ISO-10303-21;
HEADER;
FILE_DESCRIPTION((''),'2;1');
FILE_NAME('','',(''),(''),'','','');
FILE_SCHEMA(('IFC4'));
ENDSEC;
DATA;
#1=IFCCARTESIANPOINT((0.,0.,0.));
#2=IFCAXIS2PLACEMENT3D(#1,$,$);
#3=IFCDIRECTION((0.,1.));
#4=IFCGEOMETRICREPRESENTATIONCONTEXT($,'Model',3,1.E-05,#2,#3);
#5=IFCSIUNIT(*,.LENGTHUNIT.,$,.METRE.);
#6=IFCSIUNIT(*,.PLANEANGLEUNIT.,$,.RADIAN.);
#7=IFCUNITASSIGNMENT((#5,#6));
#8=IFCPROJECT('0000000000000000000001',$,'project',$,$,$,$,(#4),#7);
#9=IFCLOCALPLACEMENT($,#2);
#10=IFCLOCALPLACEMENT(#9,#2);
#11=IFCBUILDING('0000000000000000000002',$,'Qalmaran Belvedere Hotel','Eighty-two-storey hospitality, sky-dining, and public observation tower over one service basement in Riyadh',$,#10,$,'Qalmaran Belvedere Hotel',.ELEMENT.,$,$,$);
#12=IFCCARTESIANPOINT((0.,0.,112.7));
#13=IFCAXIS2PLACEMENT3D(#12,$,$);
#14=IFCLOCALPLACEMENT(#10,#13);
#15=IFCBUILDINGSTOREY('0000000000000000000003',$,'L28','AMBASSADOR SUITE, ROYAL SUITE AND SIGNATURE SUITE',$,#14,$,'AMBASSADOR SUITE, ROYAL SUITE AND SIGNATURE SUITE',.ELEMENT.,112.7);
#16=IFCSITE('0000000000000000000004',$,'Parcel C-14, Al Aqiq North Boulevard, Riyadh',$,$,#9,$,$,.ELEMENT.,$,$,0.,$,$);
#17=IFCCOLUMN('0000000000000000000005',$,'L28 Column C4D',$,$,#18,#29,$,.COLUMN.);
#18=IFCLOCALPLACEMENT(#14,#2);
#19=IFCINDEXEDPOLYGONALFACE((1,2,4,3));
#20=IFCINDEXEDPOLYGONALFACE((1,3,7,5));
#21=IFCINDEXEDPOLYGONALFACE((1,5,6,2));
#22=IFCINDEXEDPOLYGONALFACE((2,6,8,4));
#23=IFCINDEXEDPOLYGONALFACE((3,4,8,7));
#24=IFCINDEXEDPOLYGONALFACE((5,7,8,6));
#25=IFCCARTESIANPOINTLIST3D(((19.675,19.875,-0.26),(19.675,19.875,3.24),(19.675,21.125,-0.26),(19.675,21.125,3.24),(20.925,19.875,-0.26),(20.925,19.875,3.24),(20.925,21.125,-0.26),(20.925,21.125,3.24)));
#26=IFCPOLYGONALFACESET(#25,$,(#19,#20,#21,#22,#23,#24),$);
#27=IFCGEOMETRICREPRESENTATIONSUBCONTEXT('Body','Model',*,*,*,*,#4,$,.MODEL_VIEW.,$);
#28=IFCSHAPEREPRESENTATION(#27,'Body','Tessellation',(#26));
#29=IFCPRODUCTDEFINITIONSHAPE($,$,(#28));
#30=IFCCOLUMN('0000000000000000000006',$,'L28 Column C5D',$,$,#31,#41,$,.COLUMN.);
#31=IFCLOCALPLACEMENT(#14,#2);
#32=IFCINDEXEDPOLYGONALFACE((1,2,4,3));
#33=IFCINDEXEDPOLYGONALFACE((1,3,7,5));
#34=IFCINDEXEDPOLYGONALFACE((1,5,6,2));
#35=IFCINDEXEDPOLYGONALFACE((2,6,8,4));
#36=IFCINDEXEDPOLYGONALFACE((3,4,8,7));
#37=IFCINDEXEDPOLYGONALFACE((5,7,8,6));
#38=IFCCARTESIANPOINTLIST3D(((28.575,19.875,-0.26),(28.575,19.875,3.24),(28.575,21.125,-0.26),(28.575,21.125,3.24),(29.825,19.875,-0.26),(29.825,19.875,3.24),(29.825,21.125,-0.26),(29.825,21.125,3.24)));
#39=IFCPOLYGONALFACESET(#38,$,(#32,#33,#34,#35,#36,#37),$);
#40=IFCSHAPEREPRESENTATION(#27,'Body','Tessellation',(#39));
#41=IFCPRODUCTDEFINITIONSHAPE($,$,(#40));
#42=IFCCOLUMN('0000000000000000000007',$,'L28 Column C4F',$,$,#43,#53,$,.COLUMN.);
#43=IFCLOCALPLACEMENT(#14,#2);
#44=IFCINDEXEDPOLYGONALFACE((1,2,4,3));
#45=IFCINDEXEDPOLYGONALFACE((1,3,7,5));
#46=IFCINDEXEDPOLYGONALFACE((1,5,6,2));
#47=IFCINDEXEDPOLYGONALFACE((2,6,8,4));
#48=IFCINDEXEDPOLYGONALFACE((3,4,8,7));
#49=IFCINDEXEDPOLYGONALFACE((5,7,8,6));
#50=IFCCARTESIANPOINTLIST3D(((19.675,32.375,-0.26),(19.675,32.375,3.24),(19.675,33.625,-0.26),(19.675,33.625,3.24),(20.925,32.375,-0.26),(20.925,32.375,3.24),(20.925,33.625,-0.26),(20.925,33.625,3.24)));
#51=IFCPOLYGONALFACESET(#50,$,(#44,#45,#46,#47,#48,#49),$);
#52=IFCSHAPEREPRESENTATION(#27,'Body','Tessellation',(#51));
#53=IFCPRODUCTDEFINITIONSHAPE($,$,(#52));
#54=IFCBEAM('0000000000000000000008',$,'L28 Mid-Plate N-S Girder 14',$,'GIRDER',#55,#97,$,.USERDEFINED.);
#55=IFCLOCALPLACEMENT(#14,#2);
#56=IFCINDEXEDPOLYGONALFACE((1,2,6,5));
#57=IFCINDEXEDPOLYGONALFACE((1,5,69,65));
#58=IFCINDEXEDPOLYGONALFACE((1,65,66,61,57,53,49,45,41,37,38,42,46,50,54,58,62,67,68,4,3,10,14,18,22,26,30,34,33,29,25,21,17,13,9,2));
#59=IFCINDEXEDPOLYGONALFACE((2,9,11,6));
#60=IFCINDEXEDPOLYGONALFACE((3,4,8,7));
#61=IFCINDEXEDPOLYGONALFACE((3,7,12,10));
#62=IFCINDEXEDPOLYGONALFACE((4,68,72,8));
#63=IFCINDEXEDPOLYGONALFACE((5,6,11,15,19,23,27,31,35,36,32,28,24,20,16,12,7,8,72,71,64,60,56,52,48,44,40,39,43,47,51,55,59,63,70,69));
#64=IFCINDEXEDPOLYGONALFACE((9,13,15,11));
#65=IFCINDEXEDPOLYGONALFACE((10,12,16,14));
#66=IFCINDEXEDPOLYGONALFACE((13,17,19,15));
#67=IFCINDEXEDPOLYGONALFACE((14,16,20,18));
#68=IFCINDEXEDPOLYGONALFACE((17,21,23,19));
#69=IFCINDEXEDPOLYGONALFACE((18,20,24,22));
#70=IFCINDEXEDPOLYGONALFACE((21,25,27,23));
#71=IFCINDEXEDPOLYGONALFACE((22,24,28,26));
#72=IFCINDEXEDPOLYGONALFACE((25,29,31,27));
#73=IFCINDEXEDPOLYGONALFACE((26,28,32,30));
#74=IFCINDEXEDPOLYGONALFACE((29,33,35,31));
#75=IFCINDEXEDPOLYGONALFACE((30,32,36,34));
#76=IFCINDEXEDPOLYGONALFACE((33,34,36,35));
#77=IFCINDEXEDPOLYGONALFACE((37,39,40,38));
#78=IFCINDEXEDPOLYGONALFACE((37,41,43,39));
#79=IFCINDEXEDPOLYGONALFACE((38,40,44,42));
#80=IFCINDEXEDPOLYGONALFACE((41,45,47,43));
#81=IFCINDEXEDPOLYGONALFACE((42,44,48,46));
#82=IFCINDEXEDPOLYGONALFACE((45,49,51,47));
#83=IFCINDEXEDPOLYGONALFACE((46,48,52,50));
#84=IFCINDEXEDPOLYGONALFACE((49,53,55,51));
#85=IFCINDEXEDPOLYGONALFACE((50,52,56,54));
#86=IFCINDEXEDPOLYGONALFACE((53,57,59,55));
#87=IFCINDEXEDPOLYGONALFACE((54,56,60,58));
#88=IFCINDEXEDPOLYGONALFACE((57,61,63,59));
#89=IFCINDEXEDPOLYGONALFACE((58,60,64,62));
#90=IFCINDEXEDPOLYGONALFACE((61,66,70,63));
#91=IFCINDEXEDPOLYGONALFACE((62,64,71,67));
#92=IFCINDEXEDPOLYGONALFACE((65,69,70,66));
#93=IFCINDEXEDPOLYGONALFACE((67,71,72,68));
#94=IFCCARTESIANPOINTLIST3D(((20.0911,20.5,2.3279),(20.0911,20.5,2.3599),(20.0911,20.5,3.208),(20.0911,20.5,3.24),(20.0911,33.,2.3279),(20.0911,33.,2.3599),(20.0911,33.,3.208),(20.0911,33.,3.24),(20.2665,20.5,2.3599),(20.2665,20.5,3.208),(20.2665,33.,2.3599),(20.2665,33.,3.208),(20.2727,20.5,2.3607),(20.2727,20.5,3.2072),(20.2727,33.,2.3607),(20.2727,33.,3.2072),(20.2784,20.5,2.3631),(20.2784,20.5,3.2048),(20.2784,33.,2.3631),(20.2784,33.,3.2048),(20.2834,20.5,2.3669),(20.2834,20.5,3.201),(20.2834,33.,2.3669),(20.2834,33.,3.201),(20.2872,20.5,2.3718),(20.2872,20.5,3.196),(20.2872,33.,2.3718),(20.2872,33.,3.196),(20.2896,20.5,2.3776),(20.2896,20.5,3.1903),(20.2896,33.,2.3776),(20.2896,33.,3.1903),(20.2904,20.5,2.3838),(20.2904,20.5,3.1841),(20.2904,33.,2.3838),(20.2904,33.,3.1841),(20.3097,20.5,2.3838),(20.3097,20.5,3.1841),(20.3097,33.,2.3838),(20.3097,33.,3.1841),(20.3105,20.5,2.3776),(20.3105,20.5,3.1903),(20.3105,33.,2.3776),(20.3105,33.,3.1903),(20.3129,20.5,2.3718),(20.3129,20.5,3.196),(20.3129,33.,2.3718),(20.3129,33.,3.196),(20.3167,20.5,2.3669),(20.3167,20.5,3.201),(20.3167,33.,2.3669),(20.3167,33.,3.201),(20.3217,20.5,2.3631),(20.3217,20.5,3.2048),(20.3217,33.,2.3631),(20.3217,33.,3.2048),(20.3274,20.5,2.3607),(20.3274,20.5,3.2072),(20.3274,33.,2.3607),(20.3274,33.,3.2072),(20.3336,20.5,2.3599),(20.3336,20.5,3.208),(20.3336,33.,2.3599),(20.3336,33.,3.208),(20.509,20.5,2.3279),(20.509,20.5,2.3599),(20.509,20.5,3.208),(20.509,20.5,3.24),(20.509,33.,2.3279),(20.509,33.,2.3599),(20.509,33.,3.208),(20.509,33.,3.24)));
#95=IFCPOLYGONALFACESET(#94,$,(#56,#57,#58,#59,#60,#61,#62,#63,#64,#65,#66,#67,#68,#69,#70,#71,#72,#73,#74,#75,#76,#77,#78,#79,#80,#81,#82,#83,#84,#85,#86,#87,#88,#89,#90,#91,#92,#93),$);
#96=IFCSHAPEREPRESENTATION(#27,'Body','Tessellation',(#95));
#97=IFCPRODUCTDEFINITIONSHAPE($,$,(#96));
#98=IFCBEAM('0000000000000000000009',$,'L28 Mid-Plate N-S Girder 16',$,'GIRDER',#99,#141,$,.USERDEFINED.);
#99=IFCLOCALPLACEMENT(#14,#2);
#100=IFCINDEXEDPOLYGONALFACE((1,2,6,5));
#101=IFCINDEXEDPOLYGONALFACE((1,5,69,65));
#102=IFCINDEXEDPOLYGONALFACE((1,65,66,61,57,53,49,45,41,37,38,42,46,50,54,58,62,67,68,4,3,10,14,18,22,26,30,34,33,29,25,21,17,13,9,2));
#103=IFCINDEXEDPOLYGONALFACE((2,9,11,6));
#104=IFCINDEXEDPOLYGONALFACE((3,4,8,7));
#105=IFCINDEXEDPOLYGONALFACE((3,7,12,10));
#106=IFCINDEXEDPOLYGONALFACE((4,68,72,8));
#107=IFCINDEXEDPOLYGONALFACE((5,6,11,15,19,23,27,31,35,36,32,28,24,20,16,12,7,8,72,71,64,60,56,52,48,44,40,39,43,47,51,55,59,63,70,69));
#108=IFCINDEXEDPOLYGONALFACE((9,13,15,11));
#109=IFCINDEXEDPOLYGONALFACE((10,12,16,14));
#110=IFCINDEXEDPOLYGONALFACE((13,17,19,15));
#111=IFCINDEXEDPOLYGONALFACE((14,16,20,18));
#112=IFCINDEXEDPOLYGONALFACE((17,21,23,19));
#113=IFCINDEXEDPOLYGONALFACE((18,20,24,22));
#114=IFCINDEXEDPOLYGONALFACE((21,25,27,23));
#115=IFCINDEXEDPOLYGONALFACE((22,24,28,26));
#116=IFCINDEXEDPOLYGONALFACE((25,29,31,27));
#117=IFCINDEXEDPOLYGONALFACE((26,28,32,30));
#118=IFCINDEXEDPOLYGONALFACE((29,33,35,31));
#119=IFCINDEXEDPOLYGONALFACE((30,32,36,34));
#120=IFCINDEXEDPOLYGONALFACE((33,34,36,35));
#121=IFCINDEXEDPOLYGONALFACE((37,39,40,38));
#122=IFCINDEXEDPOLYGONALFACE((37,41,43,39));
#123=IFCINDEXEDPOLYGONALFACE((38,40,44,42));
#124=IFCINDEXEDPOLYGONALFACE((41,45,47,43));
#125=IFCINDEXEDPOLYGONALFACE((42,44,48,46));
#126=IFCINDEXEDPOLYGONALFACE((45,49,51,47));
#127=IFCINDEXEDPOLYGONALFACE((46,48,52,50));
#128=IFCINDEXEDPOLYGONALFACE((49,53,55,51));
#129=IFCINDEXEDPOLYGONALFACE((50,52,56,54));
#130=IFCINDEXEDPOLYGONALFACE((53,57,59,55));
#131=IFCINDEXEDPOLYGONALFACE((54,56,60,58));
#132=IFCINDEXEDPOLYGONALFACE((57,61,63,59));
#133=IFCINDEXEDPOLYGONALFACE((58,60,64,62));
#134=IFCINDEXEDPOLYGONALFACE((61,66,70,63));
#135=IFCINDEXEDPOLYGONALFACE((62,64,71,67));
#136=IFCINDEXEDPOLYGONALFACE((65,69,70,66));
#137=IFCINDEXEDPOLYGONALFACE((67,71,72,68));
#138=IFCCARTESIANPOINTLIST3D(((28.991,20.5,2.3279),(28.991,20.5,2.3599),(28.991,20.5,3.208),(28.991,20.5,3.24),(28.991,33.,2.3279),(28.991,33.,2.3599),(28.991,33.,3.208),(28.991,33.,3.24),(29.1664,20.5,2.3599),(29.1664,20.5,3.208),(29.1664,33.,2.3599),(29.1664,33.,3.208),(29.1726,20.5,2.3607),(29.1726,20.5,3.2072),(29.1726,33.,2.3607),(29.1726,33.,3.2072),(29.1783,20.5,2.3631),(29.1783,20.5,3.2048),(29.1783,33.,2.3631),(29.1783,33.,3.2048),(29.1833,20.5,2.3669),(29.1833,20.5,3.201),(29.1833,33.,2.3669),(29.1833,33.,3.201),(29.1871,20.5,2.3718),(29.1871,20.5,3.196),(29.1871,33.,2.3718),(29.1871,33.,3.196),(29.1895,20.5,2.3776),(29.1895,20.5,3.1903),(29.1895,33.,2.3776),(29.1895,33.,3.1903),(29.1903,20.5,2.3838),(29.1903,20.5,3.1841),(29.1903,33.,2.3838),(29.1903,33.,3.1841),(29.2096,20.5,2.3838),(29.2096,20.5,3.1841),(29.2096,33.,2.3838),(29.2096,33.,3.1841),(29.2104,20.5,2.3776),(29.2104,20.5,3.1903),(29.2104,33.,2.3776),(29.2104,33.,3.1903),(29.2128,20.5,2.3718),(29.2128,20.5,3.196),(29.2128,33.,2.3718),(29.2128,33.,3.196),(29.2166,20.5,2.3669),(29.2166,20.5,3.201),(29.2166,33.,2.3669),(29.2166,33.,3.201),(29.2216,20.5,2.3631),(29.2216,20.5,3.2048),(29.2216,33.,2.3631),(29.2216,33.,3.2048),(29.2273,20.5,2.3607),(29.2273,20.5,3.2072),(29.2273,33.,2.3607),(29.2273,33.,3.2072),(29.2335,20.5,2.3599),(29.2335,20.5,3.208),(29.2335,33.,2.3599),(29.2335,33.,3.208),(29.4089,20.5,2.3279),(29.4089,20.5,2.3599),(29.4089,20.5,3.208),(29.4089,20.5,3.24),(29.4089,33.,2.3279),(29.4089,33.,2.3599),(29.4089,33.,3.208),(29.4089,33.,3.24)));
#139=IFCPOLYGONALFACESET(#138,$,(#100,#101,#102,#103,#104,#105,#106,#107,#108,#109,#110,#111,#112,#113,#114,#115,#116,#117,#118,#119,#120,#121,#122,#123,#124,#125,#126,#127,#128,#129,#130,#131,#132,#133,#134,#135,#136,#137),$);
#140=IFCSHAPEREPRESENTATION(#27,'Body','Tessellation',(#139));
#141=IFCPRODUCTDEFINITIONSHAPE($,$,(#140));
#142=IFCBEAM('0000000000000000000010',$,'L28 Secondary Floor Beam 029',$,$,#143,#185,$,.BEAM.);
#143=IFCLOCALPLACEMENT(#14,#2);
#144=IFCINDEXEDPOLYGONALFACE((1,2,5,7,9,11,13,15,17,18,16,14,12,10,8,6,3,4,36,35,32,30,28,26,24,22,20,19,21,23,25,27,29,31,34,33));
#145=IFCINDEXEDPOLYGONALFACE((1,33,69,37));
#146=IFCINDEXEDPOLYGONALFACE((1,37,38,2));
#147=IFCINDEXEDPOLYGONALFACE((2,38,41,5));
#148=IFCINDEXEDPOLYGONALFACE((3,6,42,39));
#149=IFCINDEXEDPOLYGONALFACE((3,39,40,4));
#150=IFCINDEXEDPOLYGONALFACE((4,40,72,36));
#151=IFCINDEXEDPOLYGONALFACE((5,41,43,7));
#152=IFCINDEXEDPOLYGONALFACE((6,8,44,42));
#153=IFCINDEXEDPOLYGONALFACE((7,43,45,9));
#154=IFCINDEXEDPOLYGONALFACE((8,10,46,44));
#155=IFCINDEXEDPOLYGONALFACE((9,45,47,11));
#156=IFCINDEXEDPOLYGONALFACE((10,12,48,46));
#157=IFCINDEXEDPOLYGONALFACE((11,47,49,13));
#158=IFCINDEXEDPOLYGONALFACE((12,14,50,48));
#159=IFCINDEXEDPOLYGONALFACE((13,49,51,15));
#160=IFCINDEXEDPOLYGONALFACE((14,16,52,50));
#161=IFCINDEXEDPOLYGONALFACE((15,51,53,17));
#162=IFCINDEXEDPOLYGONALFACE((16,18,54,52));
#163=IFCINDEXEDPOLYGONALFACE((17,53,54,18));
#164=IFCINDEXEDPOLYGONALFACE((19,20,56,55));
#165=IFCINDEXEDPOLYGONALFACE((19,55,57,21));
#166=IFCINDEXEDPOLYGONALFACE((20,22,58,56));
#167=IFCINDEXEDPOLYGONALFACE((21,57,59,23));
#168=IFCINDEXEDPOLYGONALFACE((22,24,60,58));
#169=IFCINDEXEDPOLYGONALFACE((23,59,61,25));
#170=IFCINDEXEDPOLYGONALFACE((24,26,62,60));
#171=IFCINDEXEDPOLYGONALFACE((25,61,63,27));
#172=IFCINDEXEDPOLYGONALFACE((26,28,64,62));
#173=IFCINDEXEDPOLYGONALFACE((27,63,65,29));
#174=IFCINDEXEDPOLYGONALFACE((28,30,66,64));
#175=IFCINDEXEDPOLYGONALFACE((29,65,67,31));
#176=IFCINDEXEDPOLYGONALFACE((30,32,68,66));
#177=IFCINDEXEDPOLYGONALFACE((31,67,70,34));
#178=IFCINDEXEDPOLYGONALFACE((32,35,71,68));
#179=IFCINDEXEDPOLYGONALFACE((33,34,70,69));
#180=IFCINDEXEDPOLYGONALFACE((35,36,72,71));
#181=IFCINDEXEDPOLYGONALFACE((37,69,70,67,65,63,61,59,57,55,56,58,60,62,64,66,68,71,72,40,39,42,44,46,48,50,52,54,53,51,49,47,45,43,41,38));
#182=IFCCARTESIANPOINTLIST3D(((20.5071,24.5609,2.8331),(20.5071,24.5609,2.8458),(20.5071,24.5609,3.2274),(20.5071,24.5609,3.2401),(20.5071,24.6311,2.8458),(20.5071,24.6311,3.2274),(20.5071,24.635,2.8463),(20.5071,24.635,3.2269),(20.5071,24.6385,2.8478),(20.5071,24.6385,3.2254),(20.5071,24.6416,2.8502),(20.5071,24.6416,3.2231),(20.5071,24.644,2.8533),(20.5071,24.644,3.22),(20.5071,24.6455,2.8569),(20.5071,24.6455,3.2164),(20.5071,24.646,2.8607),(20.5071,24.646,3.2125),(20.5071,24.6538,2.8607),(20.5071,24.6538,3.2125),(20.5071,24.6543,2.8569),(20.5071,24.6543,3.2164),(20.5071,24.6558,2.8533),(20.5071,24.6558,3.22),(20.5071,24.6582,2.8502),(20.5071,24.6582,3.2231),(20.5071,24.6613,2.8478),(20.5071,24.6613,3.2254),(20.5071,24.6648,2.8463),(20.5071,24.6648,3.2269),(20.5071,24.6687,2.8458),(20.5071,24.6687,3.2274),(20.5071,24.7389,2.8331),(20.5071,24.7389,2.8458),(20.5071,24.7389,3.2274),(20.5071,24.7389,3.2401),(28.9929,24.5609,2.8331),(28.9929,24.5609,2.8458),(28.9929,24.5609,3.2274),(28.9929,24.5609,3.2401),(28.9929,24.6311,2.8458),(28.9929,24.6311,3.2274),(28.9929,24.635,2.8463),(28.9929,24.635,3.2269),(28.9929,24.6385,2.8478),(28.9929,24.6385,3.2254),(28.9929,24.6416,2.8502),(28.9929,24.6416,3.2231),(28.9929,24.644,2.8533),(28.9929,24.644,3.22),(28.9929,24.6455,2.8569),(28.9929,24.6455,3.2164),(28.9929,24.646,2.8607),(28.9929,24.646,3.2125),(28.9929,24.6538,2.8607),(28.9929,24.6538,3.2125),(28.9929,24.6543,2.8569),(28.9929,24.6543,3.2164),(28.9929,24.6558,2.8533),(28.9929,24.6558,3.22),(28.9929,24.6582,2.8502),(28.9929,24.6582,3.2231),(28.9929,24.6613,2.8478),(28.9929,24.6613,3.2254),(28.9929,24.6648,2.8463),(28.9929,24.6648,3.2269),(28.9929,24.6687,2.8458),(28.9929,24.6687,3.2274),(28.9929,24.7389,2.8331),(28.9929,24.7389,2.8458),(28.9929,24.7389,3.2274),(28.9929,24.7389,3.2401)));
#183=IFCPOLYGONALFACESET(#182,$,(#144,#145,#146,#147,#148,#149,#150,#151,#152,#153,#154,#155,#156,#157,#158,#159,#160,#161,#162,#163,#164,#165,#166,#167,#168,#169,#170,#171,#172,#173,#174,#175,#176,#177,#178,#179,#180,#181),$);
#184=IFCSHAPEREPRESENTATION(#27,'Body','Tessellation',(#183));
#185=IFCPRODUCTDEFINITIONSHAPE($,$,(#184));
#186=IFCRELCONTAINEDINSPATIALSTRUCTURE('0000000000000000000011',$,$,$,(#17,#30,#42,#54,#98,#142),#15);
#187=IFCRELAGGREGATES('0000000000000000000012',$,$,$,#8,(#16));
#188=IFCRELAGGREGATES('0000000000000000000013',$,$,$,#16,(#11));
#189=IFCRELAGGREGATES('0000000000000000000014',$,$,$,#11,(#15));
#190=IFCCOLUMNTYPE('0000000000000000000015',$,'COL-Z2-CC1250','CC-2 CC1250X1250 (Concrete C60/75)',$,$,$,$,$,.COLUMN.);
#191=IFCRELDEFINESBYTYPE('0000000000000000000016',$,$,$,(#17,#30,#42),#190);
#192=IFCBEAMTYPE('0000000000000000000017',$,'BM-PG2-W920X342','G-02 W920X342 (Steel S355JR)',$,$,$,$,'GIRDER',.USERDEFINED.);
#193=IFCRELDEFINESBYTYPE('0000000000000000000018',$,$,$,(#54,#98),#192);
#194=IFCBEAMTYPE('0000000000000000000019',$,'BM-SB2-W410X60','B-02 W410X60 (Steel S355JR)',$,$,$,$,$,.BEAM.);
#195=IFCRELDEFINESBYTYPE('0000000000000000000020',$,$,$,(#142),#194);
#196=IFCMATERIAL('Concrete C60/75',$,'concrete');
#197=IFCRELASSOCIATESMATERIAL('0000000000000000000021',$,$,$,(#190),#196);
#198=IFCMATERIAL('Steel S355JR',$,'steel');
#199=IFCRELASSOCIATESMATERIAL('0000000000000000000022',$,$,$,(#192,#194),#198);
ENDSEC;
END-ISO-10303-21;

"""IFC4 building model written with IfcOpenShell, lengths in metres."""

from ifc_helpers import new_model, si_unit, direction, frame, origin, origin_2d, place, context, subcontext, project, spatial, rectangle, i_section, extrude, material, material_profile, profile_set, type_object, element, save


model = new_model("IFC4")

# Units and contexts
model_context = context("Model", 3, precision=1e-05, world=origin(), true_north=direction((0.0, 1.0)))
body_context = subcontext(model_context, "Body", "Model", "MODEL_VIEW")
ifc_project = project(units=[si_unit("LENGTHUNIT", "METRE"), si_unit("PLANEANGLEUNIT", "RADIAN")], contexts=[model_context])

# Site, building, storey
site_placement = place(None, origin())
site = spatial("IfcSite", under=ifc_project, at=site_placement, Name="Parcel C-14, Al Aqiq North Boulevard, Riyadh", CompositionType="ELEMENT", RefElevation=0.0)
building_placement = place(site_placement, origin())
building = spatial("IfcBuilding", under=site, at=building_placement, Name="Qalmaran Belvedere Hotel", Description="Eighty-two-storey hospitality, sky-dining, and public observation tower over one service basement in Riyadh", LongName="Qalmaran Belvedere Hotel", CompositionType="ELEMENT")
storey_placement = place(building_placement, frame((0.0, 0.0, 112.7)))
storey = spatial("IfcBuildingStorey", under=building, at=storey_placement, Name="L28", Description="AMBASSADOR SUITE, ROYAL SUITE AND SIGNATURE SUITE", LongName="AMBASSADOR SUITE, ROYAL SUITE AND SIGNATURE SUITE", CompositionType="ELEMENT", Elevation=112.7)

# Columns
ifc_material_1 = material(Name="Concrete C60/75", Category="concrete")
ifc_material_profile_1 = material_profile(ifc_material_1, rectangle(XDim=1.25, YDim=1.25, at=origin_2d()), Name="CC1250X1250")
ifc_profile_set_1 = profile_set([ifc_material_profile_1], Name="Concrete C60/75")
column_type = type_object("IfcColumnType", Name="COL-Z2-CC1250", Description="CC-2 CC1250X1250 (Concrete C60/75)", PredefinedType="COLUMN", material=ifc_profile_set_1)
for number, where, z_axis, x_axis, name in (
    (1, (20.3, 20.5, -0.26), (0.0, 0.0, 1.0), (1.0, 0.0, 0.0), "L28 Column C4D"),
    (2, (29.2, 20.5, -0.26), (0.0, 0.0, 1.0), (1.0, 0.0, 0.0), "L28 Column C5D"),
    (3, (20.3, 33.0, -0.26), (0.0, 0.0, 1.0), (1.0, 0.0, 0.0), "L28 Column C4F"),
):
    element("IfcColumn", number, at=place(storey_placement, frame(where, z_axis=z_axis, x_axis=x_axis)), inside=storey, type_object=column_type, Name=name, PredefinedType="COLUMN", context=body_context, shape_type="SweptSolid", body=[
        extrude(rectangle(XDim=1.25, YDim=1.25, at=origin_2d()), origin(), (0.0, 0.0, 1.0), 3.5),
    ])

# Beams
ifc_material_2 = material(Name="Steel S355JR", Category="steel")
ifc_material_profile_2 = material_profile(ifc_material_2, i_section(OverallWidth=0.418, OverallDepth=0.9121, WebThickness=0.0193, FlangeThickness=0.032, FilletRadius=0.0239, at=origin_2d()), Name="W920X342")
ifc_profile_set_2 = profile_set([ifc_material_profile_2], Name="Steel S355JR")
beam_type_1 = type_object("IfcBeamType", Name="BM-PG2-W920X342", Description="G-02 W920X342 (Steel S355JR)", ElementType="GIRDER", PredefinedType="USERDEFINED", material=ifc_profile_set_2)
for number, where, z_axis, x_axis, name in (
    (4, (20.3, 20.5, 2.7839), (0.0, 1.0, 0.0), (-1.0, 0.0, 0.0), "L28 Mid-Plate N-S Girder 14"),
    (5, (29.2, 20.5, 2.7839), (0.0, 1.0, 0.0), (-1.0, 0.0, 0.0), "L28 Mid-Plate N-S Girder 16"),
):
    element("IfcBeam", number, at=place(storey_placement, frame(where, z_axis=z_axis, x_axis=x_axis)), inside=storey, type_object=beam_type_1, Name=name, ObjectType="GIRDER", PredefinedType="USERDEFINED", context=body_context, shape_type="SweptSolid", body=[
        extrude(i_section(OverallWidth=0.418, OverallDepth=0.9121, WebThickness=0.0193, FlangeThickness=0.032, FilletRadius=0.0239, at=origin_2d()), origin(), (0.0, 0.0, 1.0), 12.5),
    ])
ifc_material_profile_3 = material_profile(ifc_material_2, i_section(OverallWidth=0.178, OverallDepth=0.407, WebThickness=0.0078, FlangeThickness=0.0127, FilletRadius=0.0149, at=origin_2d()), Name="W410X60")
ifc_profile_set_3 = profile_set([ifc_material_profile_3], Name="Steel S355JR")
beam_type_2 = type_object("IfcBeamType", Name="BM-SB2-W410X60", Description="B-02 W410X60 (Steel S355JR)", PredefinedType="BEAM", material=ifc_profile_set_3)
for number, where, z_axis, x_axis, name in (
    (6, (20.5071, 24.6499, 3.0366), (1.0, 0.0, 0.0), (0.0, 1.0, 0.0), "L28 Secondary Floor Beam 029"),
):
    element("IfcBeam", number, at=place(storey_placement, frame(where, z_axis=z_axis, x_axis=x_axis)), inside=storey, type_object=beam_type_2, Name=name, PredefinedType="BEAM", context=body_context, shape_type="SweptSolid", body=[
        extrude(i_section(OverallWidth=0.178, OverallDepth=0.407, WebThickness=0.0078, FlangeThickness=0.0127, FilletRadius=0.0149, at=origin_2d()), origin(), (0.0, 0.0, 1.0), 8.4858),
    ])

save(model, "model.ifc")
